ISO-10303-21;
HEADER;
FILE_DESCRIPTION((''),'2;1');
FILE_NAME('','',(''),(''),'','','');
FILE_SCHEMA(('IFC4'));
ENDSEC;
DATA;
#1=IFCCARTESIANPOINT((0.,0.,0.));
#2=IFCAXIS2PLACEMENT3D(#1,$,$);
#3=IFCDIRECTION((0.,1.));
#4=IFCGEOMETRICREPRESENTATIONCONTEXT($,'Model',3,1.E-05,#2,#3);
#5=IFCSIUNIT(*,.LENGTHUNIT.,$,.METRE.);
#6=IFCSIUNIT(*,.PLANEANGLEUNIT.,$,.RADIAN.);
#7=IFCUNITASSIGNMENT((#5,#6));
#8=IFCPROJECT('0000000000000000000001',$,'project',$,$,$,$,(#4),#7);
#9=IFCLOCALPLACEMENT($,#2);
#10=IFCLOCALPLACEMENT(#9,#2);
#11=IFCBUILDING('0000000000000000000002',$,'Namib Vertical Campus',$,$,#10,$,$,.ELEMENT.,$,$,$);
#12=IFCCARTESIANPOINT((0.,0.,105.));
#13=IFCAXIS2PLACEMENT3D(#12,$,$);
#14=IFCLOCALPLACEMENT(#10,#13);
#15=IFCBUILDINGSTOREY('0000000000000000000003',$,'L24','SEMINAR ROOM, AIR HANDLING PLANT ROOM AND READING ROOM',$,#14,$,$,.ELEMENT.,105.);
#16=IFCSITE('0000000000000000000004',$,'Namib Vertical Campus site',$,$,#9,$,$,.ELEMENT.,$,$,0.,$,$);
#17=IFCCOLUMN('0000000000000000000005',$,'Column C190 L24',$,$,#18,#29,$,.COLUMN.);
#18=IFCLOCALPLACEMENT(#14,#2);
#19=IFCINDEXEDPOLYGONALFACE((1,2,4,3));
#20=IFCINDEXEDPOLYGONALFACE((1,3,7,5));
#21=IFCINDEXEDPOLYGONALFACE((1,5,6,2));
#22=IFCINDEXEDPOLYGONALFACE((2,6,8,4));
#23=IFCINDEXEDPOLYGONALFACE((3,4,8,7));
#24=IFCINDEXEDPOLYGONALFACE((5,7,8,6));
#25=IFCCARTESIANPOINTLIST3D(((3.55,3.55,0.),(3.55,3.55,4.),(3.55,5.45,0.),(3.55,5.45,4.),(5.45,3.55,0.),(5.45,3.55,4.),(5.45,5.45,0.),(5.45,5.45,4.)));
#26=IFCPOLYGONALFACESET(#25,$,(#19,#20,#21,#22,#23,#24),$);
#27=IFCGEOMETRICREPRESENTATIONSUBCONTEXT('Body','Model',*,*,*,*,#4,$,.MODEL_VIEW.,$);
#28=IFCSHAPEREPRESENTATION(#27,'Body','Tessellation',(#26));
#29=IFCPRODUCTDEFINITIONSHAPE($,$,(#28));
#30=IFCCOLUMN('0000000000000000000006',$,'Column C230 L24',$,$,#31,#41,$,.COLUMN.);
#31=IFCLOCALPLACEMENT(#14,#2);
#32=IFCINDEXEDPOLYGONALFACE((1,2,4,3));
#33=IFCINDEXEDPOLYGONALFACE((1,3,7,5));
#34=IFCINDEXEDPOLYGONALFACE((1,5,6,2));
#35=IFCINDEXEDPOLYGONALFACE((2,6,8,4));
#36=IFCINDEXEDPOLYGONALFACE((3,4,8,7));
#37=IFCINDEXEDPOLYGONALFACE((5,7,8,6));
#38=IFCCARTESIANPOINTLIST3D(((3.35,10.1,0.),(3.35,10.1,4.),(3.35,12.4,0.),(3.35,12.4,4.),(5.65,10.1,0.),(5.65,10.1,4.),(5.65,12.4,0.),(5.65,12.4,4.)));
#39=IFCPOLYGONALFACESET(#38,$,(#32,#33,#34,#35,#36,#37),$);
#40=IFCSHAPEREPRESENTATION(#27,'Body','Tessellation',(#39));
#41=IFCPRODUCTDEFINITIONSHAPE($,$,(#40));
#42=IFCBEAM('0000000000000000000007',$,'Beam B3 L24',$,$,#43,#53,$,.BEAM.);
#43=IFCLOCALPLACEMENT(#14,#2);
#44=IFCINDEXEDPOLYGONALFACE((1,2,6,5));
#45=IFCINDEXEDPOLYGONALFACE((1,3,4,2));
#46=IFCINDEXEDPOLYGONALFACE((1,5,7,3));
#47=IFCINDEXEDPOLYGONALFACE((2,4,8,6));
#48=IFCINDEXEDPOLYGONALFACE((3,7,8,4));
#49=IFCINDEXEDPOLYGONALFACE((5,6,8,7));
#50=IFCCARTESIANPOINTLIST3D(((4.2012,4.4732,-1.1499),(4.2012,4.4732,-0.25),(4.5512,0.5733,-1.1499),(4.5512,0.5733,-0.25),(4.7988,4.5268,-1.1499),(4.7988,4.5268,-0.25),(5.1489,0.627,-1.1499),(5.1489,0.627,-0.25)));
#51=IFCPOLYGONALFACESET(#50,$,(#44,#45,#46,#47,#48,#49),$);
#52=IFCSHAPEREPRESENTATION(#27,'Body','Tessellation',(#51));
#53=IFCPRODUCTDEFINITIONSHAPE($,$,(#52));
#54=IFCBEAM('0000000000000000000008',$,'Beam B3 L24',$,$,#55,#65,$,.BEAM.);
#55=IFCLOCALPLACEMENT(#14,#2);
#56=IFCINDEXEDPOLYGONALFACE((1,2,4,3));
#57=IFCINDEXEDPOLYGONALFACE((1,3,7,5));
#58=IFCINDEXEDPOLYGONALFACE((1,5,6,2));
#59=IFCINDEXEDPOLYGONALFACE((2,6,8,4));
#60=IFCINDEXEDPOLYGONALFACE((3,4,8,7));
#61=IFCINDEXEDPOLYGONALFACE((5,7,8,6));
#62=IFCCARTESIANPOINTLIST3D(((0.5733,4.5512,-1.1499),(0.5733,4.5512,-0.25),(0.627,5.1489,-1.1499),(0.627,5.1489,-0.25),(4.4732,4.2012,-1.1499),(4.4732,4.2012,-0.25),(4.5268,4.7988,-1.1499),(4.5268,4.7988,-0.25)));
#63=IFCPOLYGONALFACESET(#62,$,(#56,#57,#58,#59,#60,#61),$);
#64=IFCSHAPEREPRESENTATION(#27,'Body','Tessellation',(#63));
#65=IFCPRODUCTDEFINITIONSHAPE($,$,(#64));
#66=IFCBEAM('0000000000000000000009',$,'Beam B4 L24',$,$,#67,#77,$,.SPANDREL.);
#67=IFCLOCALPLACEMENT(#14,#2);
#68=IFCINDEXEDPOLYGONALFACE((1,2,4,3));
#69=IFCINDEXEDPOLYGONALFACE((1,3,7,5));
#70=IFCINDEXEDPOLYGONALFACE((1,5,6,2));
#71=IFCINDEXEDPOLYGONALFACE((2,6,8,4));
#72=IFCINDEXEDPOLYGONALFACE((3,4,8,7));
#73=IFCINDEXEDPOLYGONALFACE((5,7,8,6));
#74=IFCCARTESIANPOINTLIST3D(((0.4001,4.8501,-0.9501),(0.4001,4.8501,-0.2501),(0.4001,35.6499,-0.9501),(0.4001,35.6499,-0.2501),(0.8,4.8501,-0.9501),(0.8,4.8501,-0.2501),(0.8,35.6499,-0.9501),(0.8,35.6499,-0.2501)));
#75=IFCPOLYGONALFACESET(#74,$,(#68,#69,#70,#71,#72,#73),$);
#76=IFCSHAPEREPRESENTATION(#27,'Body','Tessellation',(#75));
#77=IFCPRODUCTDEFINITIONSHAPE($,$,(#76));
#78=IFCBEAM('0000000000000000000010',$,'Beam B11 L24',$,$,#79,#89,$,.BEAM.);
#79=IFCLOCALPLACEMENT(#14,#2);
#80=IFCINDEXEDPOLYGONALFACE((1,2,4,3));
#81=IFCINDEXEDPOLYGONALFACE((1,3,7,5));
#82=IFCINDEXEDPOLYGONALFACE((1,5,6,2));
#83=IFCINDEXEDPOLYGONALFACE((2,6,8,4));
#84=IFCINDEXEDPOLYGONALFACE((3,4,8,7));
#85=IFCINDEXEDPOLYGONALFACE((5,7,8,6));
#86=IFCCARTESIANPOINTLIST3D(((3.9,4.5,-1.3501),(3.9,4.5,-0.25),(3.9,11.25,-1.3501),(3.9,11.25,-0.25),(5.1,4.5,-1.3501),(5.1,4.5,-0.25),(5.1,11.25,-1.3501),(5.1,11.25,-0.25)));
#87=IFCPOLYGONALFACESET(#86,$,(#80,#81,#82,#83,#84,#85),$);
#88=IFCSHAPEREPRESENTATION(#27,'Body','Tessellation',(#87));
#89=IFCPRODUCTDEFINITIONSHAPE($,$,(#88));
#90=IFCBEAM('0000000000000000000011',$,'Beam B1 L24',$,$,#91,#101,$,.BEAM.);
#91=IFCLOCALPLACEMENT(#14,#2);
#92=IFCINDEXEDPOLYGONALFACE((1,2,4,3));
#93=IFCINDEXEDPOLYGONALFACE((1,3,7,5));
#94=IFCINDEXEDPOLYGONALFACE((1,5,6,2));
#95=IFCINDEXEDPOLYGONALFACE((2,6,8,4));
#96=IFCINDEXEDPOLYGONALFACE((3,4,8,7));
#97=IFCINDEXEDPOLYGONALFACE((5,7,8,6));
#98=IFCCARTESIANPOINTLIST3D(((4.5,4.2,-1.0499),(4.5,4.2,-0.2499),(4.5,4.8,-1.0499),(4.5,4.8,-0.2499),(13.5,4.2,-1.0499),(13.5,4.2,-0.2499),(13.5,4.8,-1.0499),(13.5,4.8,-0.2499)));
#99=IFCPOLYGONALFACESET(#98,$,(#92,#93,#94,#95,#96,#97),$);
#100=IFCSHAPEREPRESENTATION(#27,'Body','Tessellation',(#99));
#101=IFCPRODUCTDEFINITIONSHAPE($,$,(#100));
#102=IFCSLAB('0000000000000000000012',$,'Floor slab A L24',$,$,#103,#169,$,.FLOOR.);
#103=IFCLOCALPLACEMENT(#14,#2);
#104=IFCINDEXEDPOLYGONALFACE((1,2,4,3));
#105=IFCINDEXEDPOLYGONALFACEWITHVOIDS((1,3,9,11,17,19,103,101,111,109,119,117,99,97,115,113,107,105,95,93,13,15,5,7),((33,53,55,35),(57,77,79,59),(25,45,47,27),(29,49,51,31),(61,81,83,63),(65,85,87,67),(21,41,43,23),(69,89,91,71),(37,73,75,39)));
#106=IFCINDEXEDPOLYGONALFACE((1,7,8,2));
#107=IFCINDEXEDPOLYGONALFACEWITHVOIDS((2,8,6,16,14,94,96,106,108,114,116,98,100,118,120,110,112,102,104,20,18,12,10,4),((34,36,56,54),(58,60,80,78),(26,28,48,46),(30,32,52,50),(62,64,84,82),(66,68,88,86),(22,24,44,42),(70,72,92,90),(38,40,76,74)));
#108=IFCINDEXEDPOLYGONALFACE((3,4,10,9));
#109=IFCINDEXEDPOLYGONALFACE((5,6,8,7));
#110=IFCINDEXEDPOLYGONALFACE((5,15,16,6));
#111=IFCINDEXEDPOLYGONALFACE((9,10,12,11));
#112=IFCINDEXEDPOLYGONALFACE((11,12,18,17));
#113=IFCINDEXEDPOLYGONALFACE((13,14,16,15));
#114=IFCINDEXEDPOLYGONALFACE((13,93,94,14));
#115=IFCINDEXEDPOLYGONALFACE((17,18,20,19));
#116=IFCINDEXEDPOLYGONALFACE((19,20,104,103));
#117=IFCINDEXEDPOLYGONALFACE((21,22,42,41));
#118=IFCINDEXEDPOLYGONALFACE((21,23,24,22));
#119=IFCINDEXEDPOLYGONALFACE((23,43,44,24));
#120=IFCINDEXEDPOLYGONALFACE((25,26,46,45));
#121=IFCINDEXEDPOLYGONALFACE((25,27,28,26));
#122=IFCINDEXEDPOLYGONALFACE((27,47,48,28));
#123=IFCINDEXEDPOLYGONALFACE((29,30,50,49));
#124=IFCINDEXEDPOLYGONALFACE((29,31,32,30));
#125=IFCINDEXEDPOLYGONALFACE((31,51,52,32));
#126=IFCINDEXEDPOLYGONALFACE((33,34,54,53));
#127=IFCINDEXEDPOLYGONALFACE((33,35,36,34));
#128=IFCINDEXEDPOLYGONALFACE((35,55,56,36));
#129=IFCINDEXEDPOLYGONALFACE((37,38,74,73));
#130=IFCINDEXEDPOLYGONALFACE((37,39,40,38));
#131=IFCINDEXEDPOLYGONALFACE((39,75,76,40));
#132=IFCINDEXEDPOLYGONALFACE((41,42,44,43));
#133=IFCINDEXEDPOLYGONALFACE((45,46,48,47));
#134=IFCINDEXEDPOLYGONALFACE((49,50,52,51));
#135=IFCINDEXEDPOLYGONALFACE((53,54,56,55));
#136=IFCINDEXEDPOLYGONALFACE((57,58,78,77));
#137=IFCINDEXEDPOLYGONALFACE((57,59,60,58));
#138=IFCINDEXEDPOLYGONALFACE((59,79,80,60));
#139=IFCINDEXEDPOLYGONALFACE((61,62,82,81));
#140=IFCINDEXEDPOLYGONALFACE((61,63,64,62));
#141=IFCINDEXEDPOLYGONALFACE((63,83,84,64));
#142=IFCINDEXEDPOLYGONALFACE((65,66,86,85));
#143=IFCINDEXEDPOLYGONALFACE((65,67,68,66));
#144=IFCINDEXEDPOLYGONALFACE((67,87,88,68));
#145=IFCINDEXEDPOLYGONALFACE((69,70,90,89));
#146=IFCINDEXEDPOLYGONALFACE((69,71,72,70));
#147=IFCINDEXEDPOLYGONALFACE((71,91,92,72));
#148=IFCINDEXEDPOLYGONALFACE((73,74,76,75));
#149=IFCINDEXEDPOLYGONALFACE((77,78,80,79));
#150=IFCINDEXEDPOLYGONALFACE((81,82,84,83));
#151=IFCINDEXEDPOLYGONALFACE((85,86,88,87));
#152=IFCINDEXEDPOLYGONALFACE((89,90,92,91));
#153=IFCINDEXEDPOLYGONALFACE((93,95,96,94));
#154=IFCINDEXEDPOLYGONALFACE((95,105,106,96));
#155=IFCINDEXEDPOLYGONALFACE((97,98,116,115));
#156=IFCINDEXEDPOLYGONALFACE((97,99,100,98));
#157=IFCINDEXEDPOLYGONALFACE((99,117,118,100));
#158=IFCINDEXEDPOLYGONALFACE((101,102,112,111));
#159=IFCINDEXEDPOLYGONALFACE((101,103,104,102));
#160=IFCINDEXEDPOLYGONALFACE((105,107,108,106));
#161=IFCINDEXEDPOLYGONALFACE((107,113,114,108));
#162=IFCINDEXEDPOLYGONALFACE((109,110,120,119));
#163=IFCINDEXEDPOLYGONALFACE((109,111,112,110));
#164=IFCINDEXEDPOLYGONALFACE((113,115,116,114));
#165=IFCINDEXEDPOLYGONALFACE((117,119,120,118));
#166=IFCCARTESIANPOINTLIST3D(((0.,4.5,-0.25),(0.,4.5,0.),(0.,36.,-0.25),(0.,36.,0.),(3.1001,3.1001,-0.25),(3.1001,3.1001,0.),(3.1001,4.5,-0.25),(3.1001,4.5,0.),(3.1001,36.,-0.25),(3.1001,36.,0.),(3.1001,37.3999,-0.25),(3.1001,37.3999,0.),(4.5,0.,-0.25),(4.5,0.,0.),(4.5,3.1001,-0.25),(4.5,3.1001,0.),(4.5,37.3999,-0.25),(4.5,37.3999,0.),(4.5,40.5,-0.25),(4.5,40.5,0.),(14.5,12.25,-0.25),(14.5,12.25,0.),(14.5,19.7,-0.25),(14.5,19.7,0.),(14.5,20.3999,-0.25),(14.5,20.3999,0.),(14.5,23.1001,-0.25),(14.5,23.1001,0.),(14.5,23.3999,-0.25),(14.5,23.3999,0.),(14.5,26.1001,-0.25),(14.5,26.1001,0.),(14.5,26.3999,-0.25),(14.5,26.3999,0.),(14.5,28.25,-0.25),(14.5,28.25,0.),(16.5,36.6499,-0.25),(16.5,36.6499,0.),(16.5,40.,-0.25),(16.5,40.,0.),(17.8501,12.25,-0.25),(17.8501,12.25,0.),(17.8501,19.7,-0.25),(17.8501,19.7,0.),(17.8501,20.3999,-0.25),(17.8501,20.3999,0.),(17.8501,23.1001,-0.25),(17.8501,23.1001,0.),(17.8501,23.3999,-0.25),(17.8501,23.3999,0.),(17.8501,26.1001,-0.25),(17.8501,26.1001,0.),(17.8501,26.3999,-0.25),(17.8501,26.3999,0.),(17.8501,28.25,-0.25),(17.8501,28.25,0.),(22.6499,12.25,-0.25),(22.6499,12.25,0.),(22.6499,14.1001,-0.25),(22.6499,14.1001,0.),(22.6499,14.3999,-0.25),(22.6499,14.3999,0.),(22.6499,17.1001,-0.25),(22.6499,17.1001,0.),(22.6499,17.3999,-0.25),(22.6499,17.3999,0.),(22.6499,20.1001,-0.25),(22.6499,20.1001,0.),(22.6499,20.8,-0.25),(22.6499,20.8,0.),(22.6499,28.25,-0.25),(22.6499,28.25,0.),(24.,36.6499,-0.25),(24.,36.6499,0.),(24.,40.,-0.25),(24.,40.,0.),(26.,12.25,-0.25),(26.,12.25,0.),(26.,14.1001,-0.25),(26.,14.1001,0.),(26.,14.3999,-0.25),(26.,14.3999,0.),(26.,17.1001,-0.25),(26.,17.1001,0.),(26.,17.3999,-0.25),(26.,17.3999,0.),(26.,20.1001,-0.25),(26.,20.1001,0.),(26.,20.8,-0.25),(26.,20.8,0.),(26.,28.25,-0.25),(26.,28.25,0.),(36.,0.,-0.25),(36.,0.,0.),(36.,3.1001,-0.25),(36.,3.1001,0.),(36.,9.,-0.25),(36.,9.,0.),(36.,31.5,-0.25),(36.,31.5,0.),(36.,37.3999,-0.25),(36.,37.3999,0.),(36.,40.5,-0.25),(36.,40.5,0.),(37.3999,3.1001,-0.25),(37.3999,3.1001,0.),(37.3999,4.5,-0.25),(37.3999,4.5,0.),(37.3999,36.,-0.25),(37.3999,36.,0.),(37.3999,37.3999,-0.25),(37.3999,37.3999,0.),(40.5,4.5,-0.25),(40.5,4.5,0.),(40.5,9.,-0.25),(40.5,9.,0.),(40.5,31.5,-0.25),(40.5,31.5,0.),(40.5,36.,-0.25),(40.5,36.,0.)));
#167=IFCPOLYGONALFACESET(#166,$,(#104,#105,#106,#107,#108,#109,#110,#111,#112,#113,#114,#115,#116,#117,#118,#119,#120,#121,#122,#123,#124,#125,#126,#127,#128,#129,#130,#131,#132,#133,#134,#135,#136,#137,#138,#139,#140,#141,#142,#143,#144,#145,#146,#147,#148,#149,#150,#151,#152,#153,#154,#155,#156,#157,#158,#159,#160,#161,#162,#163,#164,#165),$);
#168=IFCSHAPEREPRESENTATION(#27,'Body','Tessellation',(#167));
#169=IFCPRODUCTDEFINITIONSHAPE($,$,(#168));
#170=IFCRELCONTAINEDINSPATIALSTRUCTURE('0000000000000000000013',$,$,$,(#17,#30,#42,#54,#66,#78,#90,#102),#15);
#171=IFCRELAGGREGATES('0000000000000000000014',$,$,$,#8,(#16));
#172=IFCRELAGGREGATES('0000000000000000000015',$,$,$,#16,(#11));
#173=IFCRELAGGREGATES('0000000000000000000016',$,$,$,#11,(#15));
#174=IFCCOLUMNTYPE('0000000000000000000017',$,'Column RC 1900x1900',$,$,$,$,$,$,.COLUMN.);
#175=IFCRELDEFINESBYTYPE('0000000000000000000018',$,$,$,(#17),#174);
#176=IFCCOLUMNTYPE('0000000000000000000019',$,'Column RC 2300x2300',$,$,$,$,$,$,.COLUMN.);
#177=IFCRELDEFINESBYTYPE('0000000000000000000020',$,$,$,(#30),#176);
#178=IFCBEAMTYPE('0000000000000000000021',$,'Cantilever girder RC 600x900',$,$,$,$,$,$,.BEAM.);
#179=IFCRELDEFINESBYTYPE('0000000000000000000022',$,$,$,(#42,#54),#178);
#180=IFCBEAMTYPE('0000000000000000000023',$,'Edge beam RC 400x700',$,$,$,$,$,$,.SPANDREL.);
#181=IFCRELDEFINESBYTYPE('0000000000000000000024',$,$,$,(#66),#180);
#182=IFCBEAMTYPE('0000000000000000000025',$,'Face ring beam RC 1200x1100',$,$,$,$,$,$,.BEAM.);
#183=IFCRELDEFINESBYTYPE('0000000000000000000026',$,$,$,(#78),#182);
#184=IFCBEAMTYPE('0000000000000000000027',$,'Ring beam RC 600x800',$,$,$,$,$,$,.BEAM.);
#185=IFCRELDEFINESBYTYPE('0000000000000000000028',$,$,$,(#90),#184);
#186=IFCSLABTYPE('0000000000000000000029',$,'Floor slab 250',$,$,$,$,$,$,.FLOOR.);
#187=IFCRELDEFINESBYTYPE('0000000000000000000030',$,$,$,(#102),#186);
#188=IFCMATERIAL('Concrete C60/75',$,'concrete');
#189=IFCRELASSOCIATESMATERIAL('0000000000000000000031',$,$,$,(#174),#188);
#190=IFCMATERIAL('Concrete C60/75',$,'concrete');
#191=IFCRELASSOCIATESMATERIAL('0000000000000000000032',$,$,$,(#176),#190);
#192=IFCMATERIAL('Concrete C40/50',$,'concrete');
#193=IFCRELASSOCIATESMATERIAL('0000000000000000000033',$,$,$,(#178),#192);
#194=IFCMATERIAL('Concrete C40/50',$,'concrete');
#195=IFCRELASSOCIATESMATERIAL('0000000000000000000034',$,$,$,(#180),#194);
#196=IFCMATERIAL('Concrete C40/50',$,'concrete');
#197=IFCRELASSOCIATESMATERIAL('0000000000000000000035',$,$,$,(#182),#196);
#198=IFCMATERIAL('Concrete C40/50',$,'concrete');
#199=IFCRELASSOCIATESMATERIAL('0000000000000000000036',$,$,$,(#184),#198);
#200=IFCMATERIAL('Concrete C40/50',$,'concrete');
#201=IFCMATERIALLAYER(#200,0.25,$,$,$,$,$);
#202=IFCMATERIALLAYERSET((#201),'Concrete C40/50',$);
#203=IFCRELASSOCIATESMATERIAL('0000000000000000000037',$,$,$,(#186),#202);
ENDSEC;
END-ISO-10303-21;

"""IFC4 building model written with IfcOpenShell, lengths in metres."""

from ifc_helpers import new_model, si_unit, direction, frame, origin, origin_2d, place, context, subcontext, project, spatial, polyline, rectangle, outline, extrude, material, layer, layer_set, material_profile, profile_set, type_object, element, save


model = new_model("IFC4")

# Units and contexts
model_context = context("Model", 3, precision=1e-05, world=origin(), true_north=direction((0.0, 1.0)))
body_context = subcontext(model_context, "Body", "Model", "MODEL_VIEW")
ifc_project = project(units=[si_unit("LENGTHUNIT", "METRE"), si_unit("PLANEANGLEUNIT", "RADIAN")], contexts=[model_context])

# Site, building, storey
site_placement = place(None, origin())
site = spatial("IfcSite", under=ifc_project, at=site_placement, Name="Namib Vertical Campus site", CompositionType="ELEMENT", RefElevation=0.0)
building_placement = place(site_placement, origin())
building = spatial("IfcBuilding", under=site, at=building_placement, Name="Namib Vertical Campus", CompositionType="ELEMENT")
storey_placement = place(building_placement, frame((0.0, 0.0, 105.0)))
storey = spatial("IfcBuildingStorey", under=building, at=storey_placement, Name="L24", Description="SEMINAR ROOM, AIR HANDLING PLANT ROOM AND READING ROOM", CompositionType="ELEMENT", Elevation=105.0)

# Columns
ifc_material_1 = material(Name="Concrete C60/75", Category="concrete")
ifc_material_profile_1 = material_profile(ifc_material_1, rectangle(XDim=1.8999, YDim=1.8999, at=origin_2d()))
ifc_profile_set_1 = profile_set([ifc_material_profile_1], Name="Concrete C60/75")
column_type_1 = type_object("IfcColumnType", Name="Column RC 1900x1900", PredefinedType="COLUMN", material=ifc_profile_set_1)
column_1_placement = place(storey_placement, frame((4.5, 4.5, 0.0), z_axis=(0.0, 0.0, 1.0), x_axis=(1.0, 0.0, 0.0)))
element("IfcColumn", 1, at=column_1_placement, inside=storey, type_object=column_type_1, Name="Column C190 L24", PredefinedType="COLUMN", context=body_context, shape_type="SweptSolid", body=[
    extrude(rectangle(XDim=1.8999, YDim=1.8999, at=origin_2d()), origin(), (0.0, 0.0, 1.0), 4.0),
])
ifc_material_2 = material(Name="Concrete C60/75", Category="concrete")
ifc_material_profile_2 = material_profile(ifc_material_2, rectangle(XDim=2.3, YDim=2.3, at=origin_2d()))
ifc_profile_set_2 = profile_set([ifc_material_profile_2], Name="Concrete C60/75")
column_type_2 = type_object("IfcColumnType", Name="Column RC 2300x2300", PredefinedType="COLUMN", material=ifc_profile_set_2)
column_2_placement = place(storey_placement, frame((4.5, 11.25, 0.0), z_axis=(0.0, 0.0, 1.0), x_axis=(1.0, 0.0, 0.0)))
element("IfcColumn", 2, at=column_2_placement, inside=storey, type_object=column_type_2, Name="Column C230 L24", PredefinedType="COLUMN", context=body_context, shape_type="SweptSolid", body=[
    extrude(rectangle(XDim=2.3, YDim=2.3, at=origin_2d()), origin(), (0.0, 0.0, 1.0), 4.0),
])

# Beams
ifc_material_3 = material(Name="Concrete C40/50", Category="concrete")
ifc_material_profile_3 = material_profile(ifc_material_3, rectangle(XDim=0.6001, YDim=0.8999, at=origin_2d()))
ifc_profile_set_3 = profile_set([ifc_material_profile_3], Name="Concrete C40/50")
beam_type_1 = type_object("IfcBeamType", Name="Cantilever girder RC 600x900", PredefinedType="BEAM", material=ifc_profile_set_3)
for number, where, z_axis, x_axis, name in (
    (3, (4.5, 4.5, -0.7), (0.089411, -0.995995, 0.0), (0.995995, 0.089411, 0.0), "Beam B3 L24"),
    (4, (4.5, 4.5, -0.7), (-0.995995, 0.089411, 0.0), (-0.089411, -0.995995, 0.0), "Beam B3 L24"),
):
    element("IfcBeam", number, at=place(storey_placement, frame(where, z_axis=z_axis, x_axis=x_axis)), inside=storey, type_object=beam_type_1, Name=name, PredefinedType="BEAM", context=body_context, shape_type="SweptSolid", body=[
        extrude(rectangle(XDim=0.6001, YDim=0.8999, at=origin_2d()), origin(), (0.0, 0.0, 1.0), 3.9155),
    ])
ifc_material_4 = material(Name="Concrete C40/50", Category="concrete")
ifc_material_profile_4 = material_profile(ifc_material_4, rectangle(XDim=0.3999, YDim=0.7, at=origin_2d()))
ifc_profile_set_4 = profile_set([ifc_material_profile_4], Name="Concrete C40/50")
beam_type_2 = type_object("IfcBeamType", Name="Edge beam RC 400x700", PredefinedType="SPANDREL", material=ifc_profile_set_4)
beam_1_placement = place(storey_placement, frame((0.6001, 4.8501, -0.6001), z_axis=(0.0, 1.0, 0.0), x_axis=(-1.0, 0.0, 0.0)))
element("IfcBeam", 5, at=beam_1_placement, inside=storey, type_object=beam_type_2, Name="Beam B4 L24", PredefinedType="SPANDREL", context=body_context, shape_type="SweptSolid", body=[
    extrude(rectangle(XDim=0.3999, YDim=0.7, at=origin_2d()), origin(), (0.0, 0.0, 1.0), 30.7998),
])
ifc_material_5 = material(Name="Concrete C40/50", Category="concrete")
ifc_material_profile_5 = material_profile(ifc_material_5, rectangle(XDim=1.2, YDim=1.1001, at=origin_2d()))
ifc_profile_set_5 = profile_set([ifc_material_profile_5], Name="Concrete C40/50")
beam_type_3 = type_object("IfcBeamType", Name="Face ring beam RC 1200x1100", PredefinedType="BEAM", material=ifc_profile_set_5)
beam_2_placement = place(storey_placement, frame((4.5, 4.5, -0.8), z_axis=(0.0, 1.0, 0.0), x_axis=(-1.0, 0.0, 0.0)))
element("IfcBeam", 6, at=beam_2_placement, inside=storey, type_object=beam_type_3, Name="Beam B11 L24", PredefinedType="BEAM", context=body_context, shape_type="SweptSolid", body=[
    extrude(rectangle(XDim=1.2, YDim=1.1001, at=origin_2d()), origin(), (0.0, 0.0, 1.0), 6.75),
])
ifc_material_6 = material(Name="Concrete C40/50", Category="concrete")
ifc_material_profile_6 = material_profile(ifc_material_6, rectangle(XDim=0.6001, YDim=0.8, at=origin_2d()))
ifc_profile_set_6 = profile_set([ifc_material_profile_6], Name="Concrete C40/50")
beam_type_4 = type_object("IfcBeamType", Name="Ring beam RC 600x800", PredefinedType="BEAM", material=ifc_profile_set_6)
beam_3_placement = place(storey_placement, frame((4.5, 4.5, -0.6499), z_axis=(1.0, 0.0, 0.0), x_axis=(0.0, 1.0, 0.0)))
element("IfcBeam", 7, at=beam_3_placement, inside=storey, type_object=beam_type_4, Name="Beam B1 L24", PredefinedType="BEAM", context=body_context, shape_type="SweptSolid", body=[
    extrude(rectangle(XDim=0.6001, YDim=0.8, at=origin_2d()), origin(), (0.0, 0.0, 1.0), 9.0),
])

# Slab
ifc_material_7 = material(Name="Concrete C40/50", Category="concrete")
ifc_layer_1 = layer(ifc_material_7, 0.25)
ifc_layer_set_1 = layer_set([ifc_layer_1], Name="Concrete C40/50")
slab_type_1 = type_object("IfcSlabType", Name="Floor slab 250", PredefinedType="FLOOR", material=ifc_layer_set_1)
slab_1_placement = place(storey_placement, frame((0.0, 0.0, -0.25)))
element("IfcSlab", 8, at=slab_1_placement, inside=storey, type_object=slab_type_1, Name="Floor slab A L24", PredefinedType="FLOOR", context=body_context, shape_type="SweptSolid", body=[
    extrude(outline(polyline([(4.5, 3.1001), (4.5, 0.0), (36.0, 0.0), (36.0, 3.1001), (37.3999, 3.1001), (37.3999, 4.5), (40.5, 4.5), (40.5, 9.0), (36.0, 9.0), (36.0, 31.5), (40.5, 31.5), (40.5, 36.0), (37.3999, 36.0), (37.3999, 37.3999), (36.0, 37.3999), (36.0, 40.5), (4.5, 40.5), (4.5, 37.3999), (3.1001, 37.3999), (3.1001, 36.0), (0.0, 36.0), (0.0, 4.5), (3.1001, 4.5), (3.1001, 3.1001), (4.5, 3.1001)]), holes=[polyline([(14.5, 12.25), (17.8501, 12.25), (17.8501, 19.7), (14.5, 19.7), (14.5, 12.25)]), polyline([(22.6499, 20.8), (26.0, 20.8), (26.0, 28.25), (22.6499, 28.25), (22.6499, 20.8)]), polyline([(22.6499, 12.25), (26.0, 12.25), (26.0, 14.1001), (22.6499, 14.1001), (22.6499, 12.25)]), polyline([(14.5, 20.3999), (17.8501, 20.3999), (17.8501, 23.1001), (14.5, 23.1001), (14.5, 20.3999)]), polyline([(14.5, 23.3999), (17.8501, 23.3999), (17.8501, 26.1001), (14.5, 26.1001), (14.5, 23.3999)]), polyline([(14.5, 26.3999), (17.8501, 26.3999), (17.8501, 28.25), (14.5, 28.25), (14.5, 26.3999)]), polyline([(22.6499, 14.3999), (26.0, 14.3999), (26.0, 17.1001), (22.6499, 17.1001), (22.6499, 14.3999)]), polyline([(22.6499, 17.3999), (26.0, 17.3999), (26.0, 20.1001), (22.6499, 20.1001), (22.6499, 17.3999)]), polyline([(16.5, 36.6499), (24.0, 36.6499), (24.0, 40.0), (16.5, 40.0), (16.5, 36.6499)])]), origin(), (0.0, 0.0, 1.0), 0.25),
])

save(model, "model.ifc")
